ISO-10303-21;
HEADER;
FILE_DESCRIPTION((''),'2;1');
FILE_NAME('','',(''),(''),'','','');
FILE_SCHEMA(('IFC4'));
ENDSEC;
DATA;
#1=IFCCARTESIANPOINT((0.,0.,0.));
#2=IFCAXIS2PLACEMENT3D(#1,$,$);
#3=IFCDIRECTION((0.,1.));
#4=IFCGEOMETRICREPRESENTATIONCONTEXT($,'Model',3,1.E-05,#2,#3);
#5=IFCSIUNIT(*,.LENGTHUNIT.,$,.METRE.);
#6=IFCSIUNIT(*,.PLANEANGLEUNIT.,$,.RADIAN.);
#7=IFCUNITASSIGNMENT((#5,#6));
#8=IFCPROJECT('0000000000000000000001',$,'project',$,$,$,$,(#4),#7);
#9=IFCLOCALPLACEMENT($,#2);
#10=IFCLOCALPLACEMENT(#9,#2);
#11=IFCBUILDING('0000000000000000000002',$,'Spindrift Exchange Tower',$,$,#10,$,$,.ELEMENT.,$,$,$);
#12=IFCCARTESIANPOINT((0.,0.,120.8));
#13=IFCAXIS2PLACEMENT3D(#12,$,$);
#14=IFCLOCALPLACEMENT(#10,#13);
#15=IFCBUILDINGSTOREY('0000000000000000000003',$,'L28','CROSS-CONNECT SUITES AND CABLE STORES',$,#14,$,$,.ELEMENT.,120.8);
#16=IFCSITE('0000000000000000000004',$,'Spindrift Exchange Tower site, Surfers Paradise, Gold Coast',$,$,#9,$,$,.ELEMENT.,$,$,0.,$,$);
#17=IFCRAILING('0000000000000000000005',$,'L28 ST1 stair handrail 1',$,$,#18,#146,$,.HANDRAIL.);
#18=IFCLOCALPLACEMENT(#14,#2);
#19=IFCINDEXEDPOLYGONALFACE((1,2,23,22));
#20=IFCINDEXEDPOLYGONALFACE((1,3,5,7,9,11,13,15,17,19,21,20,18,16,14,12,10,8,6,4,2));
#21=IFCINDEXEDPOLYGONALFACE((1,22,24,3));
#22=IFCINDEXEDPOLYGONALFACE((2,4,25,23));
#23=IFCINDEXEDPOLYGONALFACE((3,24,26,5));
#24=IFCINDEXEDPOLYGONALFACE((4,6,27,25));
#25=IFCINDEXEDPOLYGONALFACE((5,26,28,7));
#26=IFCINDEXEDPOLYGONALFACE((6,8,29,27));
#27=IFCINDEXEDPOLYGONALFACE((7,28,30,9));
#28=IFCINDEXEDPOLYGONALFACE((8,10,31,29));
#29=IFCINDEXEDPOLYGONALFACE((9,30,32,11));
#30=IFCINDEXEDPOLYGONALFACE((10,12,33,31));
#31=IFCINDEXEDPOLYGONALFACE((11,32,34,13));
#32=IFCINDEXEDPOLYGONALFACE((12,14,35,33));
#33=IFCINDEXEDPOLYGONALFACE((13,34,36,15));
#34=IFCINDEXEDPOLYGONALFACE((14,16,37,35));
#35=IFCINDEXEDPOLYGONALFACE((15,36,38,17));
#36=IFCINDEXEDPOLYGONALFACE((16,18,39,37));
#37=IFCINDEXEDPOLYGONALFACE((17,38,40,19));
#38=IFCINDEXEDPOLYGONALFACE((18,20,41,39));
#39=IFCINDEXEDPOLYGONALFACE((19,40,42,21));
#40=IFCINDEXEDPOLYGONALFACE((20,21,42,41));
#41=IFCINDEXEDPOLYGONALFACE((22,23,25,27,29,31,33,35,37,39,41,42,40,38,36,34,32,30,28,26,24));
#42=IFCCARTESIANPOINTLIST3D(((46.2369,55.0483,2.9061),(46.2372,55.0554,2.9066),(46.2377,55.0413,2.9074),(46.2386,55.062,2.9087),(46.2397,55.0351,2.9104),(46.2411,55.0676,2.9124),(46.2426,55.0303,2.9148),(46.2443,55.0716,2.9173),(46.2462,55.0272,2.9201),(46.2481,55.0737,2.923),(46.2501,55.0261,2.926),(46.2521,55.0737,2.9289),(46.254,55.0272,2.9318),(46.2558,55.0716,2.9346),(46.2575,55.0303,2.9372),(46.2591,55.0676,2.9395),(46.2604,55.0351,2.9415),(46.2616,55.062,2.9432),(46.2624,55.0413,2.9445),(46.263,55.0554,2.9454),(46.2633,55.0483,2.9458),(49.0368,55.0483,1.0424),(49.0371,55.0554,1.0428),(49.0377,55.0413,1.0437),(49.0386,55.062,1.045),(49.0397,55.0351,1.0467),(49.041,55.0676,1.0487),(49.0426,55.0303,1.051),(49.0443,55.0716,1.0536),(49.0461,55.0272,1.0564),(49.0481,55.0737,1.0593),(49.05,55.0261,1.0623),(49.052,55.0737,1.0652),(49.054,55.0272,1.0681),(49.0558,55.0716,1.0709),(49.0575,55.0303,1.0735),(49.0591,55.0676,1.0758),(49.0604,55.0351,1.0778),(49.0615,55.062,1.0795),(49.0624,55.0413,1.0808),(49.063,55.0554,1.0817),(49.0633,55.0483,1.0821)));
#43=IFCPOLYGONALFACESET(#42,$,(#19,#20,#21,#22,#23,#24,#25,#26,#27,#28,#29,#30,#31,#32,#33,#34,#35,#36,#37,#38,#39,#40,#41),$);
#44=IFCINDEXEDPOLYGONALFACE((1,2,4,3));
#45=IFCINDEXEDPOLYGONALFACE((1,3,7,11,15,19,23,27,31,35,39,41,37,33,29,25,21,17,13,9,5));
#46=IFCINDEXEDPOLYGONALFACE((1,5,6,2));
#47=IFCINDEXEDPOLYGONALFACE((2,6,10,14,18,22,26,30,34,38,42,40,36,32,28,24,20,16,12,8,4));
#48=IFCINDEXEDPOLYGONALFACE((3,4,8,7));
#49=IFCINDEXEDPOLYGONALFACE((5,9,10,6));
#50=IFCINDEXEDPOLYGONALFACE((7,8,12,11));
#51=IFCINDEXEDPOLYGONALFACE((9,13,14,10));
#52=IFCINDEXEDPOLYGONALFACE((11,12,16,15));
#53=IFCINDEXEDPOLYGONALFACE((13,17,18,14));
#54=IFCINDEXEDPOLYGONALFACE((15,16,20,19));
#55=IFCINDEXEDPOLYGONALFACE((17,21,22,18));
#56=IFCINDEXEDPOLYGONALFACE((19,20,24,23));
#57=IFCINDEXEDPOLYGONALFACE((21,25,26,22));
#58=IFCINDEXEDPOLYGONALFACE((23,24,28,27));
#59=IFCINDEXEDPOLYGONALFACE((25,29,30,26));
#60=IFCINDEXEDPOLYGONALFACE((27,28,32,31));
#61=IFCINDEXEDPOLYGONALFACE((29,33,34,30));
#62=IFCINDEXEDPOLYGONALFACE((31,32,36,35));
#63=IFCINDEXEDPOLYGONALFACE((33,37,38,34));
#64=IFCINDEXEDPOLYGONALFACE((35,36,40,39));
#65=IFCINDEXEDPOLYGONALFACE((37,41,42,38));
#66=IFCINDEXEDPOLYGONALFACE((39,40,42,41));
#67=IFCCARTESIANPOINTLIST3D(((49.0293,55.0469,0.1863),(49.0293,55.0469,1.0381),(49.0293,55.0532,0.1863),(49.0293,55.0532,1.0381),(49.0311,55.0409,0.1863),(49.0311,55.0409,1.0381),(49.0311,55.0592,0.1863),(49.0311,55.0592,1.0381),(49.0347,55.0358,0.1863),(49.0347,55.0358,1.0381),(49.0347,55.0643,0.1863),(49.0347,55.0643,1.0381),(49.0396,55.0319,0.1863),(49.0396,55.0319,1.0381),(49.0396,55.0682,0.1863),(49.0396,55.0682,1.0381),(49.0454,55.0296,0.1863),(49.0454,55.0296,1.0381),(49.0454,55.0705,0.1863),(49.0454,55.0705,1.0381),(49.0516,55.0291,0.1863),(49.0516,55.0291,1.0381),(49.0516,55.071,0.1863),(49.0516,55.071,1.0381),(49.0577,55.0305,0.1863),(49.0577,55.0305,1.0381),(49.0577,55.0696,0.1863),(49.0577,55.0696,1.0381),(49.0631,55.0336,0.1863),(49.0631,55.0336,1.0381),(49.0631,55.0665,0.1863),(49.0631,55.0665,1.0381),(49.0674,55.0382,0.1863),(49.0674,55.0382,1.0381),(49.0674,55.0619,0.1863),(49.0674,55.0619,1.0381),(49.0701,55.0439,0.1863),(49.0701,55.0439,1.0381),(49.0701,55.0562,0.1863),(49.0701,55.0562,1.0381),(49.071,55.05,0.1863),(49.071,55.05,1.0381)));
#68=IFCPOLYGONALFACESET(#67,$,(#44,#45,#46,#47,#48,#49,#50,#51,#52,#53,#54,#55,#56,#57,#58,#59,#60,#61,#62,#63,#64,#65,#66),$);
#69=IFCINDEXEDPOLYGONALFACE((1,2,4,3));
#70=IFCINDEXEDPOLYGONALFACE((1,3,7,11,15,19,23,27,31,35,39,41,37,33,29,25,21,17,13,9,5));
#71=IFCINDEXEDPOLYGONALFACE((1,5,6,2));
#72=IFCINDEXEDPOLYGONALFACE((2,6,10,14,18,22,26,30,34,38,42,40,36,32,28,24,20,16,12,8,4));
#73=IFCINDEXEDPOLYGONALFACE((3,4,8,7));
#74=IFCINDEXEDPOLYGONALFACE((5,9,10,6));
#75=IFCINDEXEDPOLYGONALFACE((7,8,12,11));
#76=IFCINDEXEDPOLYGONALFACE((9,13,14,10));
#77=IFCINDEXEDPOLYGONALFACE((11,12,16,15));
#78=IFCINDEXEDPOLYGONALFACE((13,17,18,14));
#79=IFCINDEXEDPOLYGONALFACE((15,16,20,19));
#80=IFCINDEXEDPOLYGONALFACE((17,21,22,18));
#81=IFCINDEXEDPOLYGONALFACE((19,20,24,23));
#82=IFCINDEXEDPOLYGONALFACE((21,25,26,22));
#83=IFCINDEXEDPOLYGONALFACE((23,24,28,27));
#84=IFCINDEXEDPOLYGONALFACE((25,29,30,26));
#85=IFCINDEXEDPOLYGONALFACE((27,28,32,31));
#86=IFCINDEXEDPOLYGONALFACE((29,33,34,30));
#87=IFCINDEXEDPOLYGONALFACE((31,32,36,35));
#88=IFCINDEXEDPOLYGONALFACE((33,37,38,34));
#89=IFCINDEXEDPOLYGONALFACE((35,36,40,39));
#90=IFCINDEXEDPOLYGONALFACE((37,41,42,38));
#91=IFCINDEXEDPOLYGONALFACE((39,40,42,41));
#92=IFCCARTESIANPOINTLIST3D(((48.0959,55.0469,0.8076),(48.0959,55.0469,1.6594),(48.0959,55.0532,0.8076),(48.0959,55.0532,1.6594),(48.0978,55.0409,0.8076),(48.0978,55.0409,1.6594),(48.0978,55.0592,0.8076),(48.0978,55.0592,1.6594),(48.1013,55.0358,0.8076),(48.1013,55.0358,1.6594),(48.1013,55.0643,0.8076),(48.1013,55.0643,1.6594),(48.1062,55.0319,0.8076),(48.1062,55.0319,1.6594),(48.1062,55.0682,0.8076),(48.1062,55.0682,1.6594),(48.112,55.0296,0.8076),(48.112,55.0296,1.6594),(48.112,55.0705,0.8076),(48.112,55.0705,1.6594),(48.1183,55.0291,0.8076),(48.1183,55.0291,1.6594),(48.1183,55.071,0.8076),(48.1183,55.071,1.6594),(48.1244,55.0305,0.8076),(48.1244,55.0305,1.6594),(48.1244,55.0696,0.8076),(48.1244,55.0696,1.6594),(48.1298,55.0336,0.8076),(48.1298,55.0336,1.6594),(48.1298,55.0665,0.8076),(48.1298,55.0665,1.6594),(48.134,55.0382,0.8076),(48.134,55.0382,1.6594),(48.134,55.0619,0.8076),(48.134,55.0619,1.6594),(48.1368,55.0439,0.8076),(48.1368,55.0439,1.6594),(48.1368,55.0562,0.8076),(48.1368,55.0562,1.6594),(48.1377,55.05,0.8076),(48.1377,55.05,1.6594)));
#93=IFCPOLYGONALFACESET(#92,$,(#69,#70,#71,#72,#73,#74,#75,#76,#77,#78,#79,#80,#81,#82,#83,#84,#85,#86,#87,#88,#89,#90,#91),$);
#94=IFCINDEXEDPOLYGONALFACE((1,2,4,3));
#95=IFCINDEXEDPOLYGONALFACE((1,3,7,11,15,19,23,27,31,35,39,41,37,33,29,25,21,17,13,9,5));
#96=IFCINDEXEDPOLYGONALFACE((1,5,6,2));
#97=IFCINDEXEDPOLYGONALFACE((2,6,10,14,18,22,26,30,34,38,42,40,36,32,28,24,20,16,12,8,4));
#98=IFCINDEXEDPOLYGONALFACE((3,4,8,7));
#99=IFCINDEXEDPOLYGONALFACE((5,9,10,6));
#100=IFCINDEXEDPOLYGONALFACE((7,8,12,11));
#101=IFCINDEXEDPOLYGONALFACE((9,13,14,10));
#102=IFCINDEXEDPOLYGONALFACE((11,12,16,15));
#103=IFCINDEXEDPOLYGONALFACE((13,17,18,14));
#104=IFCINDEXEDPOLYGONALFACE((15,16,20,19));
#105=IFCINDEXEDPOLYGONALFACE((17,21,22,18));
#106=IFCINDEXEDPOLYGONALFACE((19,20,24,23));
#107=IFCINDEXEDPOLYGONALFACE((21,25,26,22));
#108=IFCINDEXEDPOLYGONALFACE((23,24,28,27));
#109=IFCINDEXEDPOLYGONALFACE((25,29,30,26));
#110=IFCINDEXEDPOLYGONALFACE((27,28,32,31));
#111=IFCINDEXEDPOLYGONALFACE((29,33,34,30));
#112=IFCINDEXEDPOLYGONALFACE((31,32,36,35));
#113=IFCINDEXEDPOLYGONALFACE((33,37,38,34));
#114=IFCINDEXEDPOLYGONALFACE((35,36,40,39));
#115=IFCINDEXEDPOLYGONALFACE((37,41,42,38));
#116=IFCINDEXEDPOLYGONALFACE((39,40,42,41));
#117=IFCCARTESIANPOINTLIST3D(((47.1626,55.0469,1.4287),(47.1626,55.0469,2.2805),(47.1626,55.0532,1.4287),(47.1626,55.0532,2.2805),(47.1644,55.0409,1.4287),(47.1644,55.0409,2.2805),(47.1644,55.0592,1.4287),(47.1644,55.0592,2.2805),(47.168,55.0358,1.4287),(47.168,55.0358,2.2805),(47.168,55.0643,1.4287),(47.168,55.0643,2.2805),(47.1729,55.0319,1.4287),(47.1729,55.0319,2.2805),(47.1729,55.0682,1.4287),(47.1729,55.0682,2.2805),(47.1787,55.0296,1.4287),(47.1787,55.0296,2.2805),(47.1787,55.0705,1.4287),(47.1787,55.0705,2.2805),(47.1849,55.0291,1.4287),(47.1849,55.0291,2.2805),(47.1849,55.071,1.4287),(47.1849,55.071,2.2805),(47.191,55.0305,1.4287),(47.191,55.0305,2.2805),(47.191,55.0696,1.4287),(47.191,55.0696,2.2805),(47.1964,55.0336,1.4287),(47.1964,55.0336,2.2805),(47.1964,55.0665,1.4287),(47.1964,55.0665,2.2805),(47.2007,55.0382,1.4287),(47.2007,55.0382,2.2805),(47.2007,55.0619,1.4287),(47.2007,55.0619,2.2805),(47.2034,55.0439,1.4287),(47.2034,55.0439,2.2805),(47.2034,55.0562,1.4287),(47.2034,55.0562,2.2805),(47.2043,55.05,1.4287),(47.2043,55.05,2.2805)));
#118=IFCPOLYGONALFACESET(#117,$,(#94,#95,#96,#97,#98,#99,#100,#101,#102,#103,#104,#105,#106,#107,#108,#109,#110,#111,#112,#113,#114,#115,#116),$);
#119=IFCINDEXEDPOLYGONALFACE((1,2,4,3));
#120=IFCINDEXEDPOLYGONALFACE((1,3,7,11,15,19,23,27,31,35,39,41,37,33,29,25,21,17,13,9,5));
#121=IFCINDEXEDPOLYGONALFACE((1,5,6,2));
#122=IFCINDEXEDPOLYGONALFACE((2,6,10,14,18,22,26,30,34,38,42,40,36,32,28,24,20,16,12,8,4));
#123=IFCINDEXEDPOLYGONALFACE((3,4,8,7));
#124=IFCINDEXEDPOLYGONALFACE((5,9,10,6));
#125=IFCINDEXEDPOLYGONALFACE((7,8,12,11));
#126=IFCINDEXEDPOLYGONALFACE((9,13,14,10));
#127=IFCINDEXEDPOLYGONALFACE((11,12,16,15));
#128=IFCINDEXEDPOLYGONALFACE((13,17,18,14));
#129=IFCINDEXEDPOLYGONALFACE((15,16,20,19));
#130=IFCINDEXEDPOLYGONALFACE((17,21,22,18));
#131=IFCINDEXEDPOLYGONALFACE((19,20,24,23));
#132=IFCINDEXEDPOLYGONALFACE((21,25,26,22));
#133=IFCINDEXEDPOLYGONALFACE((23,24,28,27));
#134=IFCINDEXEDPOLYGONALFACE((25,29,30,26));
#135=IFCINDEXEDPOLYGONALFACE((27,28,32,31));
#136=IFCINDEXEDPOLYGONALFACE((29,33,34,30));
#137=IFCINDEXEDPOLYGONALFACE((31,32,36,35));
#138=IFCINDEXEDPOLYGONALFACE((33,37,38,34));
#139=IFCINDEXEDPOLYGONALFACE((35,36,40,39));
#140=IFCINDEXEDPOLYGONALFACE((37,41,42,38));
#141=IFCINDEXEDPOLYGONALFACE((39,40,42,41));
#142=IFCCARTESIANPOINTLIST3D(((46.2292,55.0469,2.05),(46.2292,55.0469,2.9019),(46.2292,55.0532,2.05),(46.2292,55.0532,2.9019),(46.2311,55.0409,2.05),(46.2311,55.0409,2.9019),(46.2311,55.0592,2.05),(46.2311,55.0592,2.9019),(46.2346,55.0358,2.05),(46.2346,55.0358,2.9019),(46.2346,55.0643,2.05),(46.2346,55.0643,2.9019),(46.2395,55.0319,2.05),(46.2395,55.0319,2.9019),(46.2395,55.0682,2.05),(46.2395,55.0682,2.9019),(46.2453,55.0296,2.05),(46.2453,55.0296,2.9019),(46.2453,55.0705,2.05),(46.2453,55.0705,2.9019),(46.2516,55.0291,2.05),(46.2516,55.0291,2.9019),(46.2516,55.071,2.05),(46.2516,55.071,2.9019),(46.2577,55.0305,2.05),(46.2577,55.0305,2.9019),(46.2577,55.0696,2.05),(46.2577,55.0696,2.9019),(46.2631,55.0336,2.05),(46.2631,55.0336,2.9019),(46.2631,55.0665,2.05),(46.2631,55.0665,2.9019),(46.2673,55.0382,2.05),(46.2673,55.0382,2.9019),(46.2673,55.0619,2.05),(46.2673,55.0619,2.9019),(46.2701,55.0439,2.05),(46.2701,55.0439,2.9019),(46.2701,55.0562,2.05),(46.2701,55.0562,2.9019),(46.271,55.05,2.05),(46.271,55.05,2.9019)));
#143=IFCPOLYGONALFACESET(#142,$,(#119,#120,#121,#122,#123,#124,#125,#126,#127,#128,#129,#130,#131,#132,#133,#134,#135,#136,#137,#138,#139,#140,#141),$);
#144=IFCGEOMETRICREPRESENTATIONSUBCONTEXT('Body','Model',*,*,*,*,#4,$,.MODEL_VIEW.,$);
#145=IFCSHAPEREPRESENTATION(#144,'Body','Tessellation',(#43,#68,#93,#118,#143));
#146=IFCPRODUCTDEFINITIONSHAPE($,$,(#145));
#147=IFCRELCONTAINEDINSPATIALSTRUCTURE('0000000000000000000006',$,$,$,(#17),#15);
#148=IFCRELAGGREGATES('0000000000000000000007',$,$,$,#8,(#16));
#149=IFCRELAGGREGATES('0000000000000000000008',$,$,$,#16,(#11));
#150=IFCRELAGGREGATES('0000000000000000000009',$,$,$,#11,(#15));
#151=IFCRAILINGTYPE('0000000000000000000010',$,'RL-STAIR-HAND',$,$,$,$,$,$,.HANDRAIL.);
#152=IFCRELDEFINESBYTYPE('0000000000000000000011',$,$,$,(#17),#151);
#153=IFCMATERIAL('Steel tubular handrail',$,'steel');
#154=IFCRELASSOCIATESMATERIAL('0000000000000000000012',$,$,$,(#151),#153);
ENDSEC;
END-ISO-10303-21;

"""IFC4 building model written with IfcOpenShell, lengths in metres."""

from ifc_helpers import new_model, si_unit, direction, frame, origin, origin_2d, place, context, subcontext, project, spatial, circle, extrude, material, type_object, element, save


model = new_model("IFC4")

# Units and contexts
model_context = context("Model", 3, precision=1e-05, world=origin(), true_north=direction((0.0, 1.0)))
body_context = subcontext(model_context, "Body", "Model", "MODEL_VIEW")
ifc_project = project(units=[si_unit("LENGTHUNIT", "METRE"), si_unit("PLANEANGLEUNIT", "RADIAN")], contexts=[model_context])

# Site, building, storey
site_placement = place(None, origin())
site = spatial("IfcSite", under=ifc_project, at=site_placement, Name="Spindrift Exchange Tower site, Surfers Paradise, Gold Coast", CompositionType="ELEMENT", RefElevation=0.0)
building_placement = place(site_placement, origin())
building = spatial("IfcBuilding", under=site, at=building_placement, Name="Spindrift Exchange Tower", CompositionType="ELEMENT")
storey_placement = place(building_placement, frame((0.0, 0.0, 120.8)))
storey = spatial("IfcBuildingStorey", under=building, at=storey_placement, Name="L28", Description="CROSS-CONNECT SUITES AND CABLE STORES", CompositionType="ELEMENT", Elevation=120.8)

# Railing
ifc_material_1 = material(Name="Steel tubular handrail", Category="steel")
railing_type_1 = type_object("IfcRailingType", Name="RL-STAIR-HAND", PredefinedType="HANDRAIL", material=ifc_material_1)
railing_1_placement = place(storey_placement, frame((49.05, 55.05, 0.1863)))
element("IfcRailing", 1, at=railing_1_placement, inside=storey, type_object=railing_type_1, Name="L28 ST1 stair handrail 1", PredefinedType="HANDRAIL", context=body_context, shape_type="SweptSolid", body=[
    extrude(circle(Radius=0.0239, at=origin_2d()), frame((0.0, 0.0, 0.876), z_axis=(-0.832452, 0.0, 0.554097), x_axis=(0.0, -1.0, 0.0)), (0.0, 0.0, 1.0), 3.3635),
    extrude(circle(Radius=0.021, at=origin_2d()), origin(), (0.0, 0.0, 1.0), 0.8518),
    extrude(circle(Radius=0.021, at=origin_2d()), frame((-0.9333, 0.0, 0.6213)), (0.0, 0.0, 1.0), 0.8518),
    extrude(circle(Radius=0.021, at=origin_2d()), frame((-1.8667, 0.0, 1.2424)), (0.0, 0.0, 1.0), 0.8518),
    extrude(circle(Radius=0.021, at=origin_2d()), frame((-2.8, 0.0, 1.8638)), (0.0, 0.0, 1.0), 0.8518),
])

save(model, "model.ifc")
